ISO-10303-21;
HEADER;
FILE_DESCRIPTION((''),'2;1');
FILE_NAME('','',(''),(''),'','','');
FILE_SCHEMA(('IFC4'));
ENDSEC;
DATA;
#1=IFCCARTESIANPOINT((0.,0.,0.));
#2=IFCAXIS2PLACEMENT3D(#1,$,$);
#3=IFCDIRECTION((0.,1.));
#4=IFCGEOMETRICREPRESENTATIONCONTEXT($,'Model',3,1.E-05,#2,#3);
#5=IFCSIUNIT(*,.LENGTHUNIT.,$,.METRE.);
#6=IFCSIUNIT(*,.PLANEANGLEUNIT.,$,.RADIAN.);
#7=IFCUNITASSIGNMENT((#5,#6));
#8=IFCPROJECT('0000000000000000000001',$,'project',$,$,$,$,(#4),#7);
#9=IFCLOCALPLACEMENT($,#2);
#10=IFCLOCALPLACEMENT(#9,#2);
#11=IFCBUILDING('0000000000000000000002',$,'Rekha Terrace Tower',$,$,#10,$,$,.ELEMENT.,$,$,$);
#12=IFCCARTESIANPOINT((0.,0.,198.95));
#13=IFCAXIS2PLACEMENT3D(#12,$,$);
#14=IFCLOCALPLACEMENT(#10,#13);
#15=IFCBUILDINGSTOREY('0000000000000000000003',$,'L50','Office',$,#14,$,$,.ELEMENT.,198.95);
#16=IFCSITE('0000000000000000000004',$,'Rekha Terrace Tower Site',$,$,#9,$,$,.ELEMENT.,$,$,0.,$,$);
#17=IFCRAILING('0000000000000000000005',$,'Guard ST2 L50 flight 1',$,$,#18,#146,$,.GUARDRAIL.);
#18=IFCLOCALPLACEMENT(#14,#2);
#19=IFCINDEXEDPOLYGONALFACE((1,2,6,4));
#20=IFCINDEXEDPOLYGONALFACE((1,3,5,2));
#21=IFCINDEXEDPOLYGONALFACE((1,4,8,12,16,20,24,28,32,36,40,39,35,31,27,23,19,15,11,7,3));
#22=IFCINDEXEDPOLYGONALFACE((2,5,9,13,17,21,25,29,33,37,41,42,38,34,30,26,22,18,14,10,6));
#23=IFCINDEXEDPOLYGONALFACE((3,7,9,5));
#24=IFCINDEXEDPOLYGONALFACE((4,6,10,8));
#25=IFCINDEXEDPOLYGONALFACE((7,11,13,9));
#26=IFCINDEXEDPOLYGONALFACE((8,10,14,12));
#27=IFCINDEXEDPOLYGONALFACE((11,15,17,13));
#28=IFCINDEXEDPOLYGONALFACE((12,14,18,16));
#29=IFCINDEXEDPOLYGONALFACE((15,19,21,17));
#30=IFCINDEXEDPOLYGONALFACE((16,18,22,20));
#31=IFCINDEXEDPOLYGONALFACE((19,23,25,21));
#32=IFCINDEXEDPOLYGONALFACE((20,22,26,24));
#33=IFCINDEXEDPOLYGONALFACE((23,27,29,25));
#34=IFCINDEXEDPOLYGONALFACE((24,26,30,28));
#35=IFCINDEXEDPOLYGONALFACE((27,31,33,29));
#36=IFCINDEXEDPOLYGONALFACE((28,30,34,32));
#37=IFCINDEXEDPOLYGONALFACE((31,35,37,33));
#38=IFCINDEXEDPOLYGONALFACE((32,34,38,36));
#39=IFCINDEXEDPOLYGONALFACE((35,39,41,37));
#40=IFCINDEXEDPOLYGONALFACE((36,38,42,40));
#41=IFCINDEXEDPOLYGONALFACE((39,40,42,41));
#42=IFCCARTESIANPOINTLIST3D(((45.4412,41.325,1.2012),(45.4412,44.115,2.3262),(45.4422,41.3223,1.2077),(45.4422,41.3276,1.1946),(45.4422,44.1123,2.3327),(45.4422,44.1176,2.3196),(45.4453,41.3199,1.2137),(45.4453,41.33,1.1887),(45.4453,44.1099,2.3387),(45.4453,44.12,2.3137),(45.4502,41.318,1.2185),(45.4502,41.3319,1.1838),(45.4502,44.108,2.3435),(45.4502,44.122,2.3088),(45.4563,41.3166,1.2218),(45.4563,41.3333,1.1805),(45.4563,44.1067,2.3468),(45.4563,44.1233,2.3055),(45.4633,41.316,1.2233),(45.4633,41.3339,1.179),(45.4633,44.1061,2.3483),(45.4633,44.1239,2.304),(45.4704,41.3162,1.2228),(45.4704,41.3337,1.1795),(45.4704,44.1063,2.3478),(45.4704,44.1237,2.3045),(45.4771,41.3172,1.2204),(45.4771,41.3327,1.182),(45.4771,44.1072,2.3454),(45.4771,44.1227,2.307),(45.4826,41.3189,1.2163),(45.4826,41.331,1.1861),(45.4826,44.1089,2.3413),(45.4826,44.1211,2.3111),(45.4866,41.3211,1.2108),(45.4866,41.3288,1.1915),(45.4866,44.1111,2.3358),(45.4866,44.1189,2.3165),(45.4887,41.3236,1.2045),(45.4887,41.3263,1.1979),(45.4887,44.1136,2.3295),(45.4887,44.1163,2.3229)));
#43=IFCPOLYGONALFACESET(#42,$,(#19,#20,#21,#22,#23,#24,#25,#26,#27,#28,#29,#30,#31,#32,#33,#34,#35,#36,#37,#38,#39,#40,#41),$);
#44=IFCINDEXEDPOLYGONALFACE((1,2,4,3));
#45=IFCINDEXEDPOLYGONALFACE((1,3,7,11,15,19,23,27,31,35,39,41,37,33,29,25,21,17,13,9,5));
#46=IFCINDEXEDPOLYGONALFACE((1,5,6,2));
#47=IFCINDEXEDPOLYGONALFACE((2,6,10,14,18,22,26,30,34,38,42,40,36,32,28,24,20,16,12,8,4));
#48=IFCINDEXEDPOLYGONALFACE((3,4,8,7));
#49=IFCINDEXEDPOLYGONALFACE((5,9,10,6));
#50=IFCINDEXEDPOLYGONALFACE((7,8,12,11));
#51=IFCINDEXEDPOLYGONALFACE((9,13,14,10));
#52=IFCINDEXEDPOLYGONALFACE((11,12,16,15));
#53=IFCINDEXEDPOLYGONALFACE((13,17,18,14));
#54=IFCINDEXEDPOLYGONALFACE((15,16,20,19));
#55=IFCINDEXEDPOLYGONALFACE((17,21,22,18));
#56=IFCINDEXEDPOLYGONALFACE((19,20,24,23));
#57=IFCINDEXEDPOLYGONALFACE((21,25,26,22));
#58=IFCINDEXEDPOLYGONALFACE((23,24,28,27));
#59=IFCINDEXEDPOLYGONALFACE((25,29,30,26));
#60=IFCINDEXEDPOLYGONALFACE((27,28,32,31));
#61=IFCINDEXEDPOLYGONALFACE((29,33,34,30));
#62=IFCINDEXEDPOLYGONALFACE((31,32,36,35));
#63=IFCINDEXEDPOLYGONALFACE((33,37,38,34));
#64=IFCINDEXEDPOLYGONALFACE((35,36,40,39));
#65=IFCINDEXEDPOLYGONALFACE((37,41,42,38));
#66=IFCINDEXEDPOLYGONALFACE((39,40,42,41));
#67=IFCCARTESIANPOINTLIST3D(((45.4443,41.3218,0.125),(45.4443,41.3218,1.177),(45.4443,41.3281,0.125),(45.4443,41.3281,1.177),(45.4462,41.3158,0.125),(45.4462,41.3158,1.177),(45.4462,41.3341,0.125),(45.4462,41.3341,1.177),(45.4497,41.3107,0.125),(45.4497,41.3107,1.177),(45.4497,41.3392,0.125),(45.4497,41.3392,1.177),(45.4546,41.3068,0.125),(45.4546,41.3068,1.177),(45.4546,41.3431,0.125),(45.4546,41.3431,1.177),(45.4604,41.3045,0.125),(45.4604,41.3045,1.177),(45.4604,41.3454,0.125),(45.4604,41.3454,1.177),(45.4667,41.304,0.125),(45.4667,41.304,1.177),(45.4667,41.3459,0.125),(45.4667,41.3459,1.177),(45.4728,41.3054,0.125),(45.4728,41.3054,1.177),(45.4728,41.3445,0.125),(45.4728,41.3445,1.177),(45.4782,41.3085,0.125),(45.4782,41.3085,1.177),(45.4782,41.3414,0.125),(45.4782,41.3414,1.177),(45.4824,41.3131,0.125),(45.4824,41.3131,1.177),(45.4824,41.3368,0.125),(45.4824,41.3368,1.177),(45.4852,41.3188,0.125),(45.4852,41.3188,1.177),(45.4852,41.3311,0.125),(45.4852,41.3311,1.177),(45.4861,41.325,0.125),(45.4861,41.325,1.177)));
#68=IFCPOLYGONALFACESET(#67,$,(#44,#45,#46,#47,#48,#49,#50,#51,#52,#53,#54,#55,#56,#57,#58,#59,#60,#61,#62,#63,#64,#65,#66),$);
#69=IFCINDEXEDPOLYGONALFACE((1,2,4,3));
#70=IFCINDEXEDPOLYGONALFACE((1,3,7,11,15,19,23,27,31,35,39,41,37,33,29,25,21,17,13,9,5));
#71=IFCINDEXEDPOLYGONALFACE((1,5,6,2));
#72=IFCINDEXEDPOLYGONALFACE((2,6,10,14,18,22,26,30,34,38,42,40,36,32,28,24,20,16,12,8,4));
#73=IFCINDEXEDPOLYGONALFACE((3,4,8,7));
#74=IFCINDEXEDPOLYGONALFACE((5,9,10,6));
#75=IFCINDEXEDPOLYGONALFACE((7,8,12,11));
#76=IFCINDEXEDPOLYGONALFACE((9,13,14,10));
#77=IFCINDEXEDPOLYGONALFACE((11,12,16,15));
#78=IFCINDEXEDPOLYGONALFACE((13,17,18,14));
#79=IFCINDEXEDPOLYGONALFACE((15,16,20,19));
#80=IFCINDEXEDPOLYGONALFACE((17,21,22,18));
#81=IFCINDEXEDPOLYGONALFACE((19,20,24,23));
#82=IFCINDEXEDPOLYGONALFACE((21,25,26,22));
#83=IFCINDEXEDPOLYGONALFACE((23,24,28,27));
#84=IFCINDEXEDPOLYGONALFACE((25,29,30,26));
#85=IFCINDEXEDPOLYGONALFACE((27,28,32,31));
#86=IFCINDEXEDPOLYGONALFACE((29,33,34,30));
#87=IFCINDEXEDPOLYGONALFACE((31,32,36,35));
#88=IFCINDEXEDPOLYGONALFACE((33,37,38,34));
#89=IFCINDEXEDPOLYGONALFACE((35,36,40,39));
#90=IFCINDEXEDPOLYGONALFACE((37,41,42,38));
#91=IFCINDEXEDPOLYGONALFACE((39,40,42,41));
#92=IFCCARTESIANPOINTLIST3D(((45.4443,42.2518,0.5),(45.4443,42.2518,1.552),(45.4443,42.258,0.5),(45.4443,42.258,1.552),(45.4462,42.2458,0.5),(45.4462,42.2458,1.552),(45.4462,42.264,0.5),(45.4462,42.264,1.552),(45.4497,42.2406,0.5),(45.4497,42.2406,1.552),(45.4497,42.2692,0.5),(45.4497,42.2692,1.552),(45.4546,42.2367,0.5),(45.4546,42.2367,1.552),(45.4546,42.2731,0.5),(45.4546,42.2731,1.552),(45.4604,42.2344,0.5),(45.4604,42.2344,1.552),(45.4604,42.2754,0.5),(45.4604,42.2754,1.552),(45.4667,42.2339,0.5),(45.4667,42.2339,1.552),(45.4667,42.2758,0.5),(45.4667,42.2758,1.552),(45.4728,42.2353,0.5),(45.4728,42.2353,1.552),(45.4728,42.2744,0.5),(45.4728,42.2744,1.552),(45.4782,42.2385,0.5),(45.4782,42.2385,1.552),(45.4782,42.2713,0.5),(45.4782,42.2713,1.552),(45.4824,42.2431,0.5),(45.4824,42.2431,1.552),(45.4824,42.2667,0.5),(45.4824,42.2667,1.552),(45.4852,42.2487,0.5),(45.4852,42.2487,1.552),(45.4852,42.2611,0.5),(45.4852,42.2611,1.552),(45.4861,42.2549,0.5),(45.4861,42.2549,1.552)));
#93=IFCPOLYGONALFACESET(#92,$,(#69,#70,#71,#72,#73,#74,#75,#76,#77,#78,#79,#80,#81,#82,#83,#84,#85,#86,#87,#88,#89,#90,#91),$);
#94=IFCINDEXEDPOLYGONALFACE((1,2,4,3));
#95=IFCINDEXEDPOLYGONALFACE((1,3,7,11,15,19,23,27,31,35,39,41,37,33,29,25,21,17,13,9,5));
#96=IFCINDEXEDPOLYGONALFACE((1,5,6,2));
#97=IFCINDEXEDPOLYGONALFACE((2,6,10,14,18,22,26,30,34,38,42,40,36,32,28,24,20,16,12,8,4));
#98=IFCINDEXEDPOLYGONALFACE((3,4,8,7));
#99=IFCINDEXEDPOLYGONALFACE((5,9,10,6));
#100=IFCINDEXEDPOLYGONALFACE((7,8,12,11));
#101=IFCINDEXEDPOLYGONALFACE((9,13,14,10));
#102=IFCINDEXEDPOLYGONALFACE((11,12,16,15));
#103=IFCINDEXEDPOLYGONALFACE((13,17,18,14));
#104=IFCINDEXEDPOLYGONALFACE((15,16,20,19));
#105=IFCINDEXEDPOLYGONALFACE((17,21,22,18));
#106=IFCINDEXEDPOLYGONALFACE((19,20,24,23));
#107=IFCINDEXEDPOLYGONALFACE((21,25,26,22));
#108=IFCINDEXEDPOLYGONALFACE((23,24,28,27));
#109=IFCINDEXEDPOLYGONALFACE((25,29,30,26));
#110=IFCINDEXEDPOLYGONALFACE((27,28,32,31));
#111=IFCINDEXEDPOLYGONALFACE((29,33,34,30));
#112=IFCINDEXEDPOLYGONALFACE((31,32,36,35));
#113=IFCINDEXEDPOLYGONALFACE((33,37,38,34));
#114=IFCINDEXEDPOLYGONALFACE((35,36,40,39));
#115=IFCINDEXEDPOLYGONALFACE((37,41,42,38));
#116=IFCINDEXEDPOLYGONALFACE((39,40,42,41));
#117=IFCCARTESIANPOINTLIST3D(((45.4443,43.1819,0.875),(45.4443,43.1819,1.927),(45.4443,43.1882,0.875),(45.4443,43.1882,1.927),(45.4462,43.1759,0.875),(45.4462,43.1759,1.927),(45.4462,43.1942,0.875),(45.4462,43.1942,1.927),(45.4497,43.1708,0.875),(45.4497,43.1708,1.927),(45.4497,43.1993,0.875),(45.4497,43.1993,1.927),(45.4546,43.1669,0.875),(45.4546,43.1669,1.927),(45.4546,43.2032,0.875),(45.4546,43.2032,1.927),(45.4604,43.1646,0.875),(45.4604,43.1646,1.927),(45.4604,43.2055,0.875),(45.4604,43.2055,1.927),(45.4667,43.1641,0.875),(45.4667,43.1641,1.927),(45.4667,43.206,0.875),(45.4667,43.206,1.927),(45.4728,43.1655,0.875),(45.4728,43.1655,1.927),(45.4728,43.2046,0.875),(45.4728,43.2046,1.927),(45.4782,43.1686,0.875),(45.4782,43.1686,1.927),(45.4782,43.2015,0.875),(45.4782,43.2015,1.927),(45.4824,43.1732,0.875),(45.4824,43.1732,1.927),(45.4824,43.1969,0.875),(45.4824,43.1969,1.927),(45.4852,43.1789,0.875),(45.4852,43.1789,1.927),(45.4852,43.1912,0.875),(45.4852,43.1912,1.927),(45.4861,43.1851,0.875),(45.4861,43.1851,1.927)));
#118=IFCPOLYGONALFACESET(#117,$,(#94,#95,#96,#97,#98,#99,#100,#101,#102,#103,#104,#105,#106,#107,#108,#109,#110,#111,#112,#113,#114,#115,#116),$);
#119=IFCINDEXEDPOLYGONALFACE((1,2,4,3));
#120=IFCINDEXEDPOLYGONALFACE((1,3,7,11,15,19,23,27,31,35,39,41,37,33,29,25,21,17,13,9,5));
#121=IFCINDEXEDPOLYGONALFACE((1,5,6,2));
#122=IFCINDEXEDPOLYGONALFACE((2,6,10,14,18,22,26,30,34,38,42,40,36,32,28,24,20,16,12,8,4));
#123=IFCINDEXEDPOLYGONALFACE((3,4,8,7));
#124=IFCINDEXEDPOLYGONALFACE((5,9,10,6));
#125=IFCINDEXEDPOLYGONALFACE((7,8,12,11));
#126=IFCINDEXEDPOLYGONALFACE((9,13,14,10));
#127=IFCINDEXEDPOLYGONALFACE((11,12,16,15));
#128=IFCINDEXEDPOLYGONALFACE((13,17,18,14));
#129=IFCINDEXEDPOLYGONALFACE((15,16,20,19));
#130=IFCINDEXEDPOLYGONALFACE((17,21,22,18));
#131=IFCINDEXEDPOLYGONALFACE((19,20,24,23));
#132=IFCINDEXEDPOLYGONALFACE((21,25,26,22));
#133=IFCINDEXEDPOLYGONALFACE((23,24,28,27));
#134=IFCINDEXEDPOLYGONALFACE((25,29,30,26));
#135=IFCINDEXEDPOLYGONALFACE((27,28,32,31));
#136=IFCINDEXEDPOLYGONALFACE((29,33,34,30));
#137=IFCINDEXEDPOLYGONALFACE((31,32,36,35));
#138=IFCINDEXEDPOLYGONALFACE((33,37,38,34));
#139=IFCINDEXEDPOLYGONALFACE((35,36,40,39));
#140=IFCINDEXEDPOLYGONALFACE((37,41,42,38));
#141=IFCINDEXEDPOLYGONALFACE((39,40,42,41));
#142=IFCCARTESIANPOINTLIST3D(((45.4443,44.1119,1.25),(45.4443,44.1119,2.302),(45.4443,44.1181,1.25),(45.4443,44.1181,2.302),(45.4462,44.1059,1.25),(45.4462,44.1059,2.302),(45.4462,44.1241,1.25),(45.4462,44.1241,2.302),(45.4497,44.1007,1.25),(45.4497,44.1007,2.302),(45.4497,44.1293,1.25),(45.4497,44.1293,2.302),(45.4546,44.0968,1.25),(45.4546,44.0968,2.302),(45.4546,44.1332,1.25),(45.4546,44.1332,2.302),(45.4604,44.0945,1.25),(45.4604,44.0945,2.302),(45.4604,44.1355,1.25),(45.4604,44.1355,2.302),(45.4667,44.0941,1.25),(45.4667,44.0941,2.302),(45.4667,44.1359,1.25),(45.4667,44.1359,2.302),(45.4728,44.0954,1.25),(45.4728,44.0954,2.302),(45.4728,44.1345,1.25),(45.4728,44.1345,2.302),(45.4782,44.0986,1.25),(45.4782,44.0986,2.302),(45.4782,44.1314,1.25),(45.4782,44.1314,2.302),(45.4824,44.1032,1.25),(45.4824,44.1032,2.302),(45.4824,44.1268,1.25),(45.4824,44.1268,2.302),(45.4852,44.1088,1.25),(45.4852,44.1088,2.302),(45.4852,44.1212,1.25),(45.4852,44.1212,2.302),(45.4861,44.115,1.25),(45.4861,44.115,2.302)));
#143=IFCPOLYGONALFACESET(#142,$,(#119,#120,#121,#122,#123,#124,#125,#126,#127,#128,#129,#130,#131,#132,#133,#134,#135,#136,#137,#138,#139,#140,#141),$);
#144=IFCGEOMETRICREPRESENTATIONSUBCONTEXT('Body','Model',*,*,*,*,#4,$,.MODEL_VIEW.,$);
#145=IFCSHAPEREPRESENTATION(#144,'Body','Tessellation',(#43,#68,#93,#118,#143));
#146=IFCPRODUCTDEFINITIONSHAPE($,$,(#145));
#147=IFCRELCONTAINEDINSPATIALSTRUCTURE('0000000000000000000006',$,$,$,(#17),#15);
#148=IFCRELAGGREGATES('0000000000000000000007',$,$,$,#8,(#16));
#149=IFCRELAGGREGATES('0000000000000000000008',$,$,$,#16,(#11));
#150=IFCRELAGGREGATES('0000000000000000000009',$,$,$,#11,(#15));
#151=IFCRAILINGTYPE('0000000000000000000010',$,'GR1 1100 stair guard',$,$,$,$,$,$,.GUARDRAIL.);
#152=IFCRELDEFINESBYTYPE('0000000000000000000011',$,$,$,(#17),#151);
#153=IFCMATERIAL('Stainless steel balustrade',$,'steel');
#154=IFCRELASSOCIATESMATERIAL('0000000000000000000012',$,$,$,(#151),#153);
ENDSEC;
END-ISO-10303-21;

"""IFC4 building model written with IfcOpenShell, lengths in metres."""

from ifc_helpers import new_model, si_unit, direction, frame, origin, origin_2d, place, context, subcontext, project, spatial, circle, extrude, material, type_object, element, save


model = new_model("IFC4")

# Units and contexts
model_context = context("Model", 3, precision=1e-05, world=origin(), true_north=direction((0.0, 1.0)))
body_context = subcontext(model_context, "Body", "Model", "MODEL_VIEW")
ifc_project = project(units=[si_unit("LENGTHUNIT", "METRE"), si_unit("PLANEANGLEUNIT", "RADIAN")], contexts=[model_context])

# Site, building, storey
site_placement = place(None, origin())
site = spatial("IfcSite", under=ifc_project, at=site_placement, Name="Rekha Terrace Tower Site", CompositionType="ELEMENT", RefElevation=0.0)
building_placement = place(site_placement, origin())
building = spatial("IfcBuilding", under=site, at=building_placement, Name="Rekha Terrace Tower", CompositionType="ELEMENT")
storey_placement = place(building_placement, frame((0.0, 0.0, 198.95)))
storey = spatial("IfcBuildingStorey", under=building, at=storey_placement, Name="L50", Description="Office", CompositionType="ELEMENT", Elevation=198.95)

# Railing
ifc_material_1 = material(Name="Stainless steel balustrade", Category="steel")
railing_type_1 = type_object("IfcRailingType", Name="GR1 1100 stair guard", PredefinedType="GUARDRAIL", material=ifc_material_1)
railing_1_placement = place(storey_placement, frame((45.4651, 41.325, 0.125)))
element("IfcRailing", 1, at=railing_1_placement, inside=storey, type_object=railing_type_1, Name="Guard ST2 L50 flight 1", PredefinedType="GUARDRAIL", context=body_context, shape_type="SweptSolid", body=[
    extrude(circle(Radius=0.0239, at=origin_2d()), frame((0.0, 0.0, 1.0762), z_axis=(0.0, 0.927443, 0.373964), x_axis=(-1.0, 0.0, 0.0)), (0.0, 0.0, 1.0), 3.0083),
    extrude(circle(Radius=0.021, at=origin_2d()), origin(), (0.0, 0.0, 1.0), 1.052),
    extrude(circle(Radius=0.021, at=origin_2d()), frame((0.0, 0.9299, 0.375)), (0.0, 0.0, 1.0), 1.052),
    extrude(circle(Radius=0.021, at=origin_2d()), frame((0.0, 1.8601, 0.75)), (0.0, 0.0, 1.0), 1.052),
    extrude(circle(Radius=0.021, at=origin_2d()), frame((0.0, 2.79, 1.125)), (0.0, 0.0, 1.0), 1.052),
])

save(model, "model.ifc")
